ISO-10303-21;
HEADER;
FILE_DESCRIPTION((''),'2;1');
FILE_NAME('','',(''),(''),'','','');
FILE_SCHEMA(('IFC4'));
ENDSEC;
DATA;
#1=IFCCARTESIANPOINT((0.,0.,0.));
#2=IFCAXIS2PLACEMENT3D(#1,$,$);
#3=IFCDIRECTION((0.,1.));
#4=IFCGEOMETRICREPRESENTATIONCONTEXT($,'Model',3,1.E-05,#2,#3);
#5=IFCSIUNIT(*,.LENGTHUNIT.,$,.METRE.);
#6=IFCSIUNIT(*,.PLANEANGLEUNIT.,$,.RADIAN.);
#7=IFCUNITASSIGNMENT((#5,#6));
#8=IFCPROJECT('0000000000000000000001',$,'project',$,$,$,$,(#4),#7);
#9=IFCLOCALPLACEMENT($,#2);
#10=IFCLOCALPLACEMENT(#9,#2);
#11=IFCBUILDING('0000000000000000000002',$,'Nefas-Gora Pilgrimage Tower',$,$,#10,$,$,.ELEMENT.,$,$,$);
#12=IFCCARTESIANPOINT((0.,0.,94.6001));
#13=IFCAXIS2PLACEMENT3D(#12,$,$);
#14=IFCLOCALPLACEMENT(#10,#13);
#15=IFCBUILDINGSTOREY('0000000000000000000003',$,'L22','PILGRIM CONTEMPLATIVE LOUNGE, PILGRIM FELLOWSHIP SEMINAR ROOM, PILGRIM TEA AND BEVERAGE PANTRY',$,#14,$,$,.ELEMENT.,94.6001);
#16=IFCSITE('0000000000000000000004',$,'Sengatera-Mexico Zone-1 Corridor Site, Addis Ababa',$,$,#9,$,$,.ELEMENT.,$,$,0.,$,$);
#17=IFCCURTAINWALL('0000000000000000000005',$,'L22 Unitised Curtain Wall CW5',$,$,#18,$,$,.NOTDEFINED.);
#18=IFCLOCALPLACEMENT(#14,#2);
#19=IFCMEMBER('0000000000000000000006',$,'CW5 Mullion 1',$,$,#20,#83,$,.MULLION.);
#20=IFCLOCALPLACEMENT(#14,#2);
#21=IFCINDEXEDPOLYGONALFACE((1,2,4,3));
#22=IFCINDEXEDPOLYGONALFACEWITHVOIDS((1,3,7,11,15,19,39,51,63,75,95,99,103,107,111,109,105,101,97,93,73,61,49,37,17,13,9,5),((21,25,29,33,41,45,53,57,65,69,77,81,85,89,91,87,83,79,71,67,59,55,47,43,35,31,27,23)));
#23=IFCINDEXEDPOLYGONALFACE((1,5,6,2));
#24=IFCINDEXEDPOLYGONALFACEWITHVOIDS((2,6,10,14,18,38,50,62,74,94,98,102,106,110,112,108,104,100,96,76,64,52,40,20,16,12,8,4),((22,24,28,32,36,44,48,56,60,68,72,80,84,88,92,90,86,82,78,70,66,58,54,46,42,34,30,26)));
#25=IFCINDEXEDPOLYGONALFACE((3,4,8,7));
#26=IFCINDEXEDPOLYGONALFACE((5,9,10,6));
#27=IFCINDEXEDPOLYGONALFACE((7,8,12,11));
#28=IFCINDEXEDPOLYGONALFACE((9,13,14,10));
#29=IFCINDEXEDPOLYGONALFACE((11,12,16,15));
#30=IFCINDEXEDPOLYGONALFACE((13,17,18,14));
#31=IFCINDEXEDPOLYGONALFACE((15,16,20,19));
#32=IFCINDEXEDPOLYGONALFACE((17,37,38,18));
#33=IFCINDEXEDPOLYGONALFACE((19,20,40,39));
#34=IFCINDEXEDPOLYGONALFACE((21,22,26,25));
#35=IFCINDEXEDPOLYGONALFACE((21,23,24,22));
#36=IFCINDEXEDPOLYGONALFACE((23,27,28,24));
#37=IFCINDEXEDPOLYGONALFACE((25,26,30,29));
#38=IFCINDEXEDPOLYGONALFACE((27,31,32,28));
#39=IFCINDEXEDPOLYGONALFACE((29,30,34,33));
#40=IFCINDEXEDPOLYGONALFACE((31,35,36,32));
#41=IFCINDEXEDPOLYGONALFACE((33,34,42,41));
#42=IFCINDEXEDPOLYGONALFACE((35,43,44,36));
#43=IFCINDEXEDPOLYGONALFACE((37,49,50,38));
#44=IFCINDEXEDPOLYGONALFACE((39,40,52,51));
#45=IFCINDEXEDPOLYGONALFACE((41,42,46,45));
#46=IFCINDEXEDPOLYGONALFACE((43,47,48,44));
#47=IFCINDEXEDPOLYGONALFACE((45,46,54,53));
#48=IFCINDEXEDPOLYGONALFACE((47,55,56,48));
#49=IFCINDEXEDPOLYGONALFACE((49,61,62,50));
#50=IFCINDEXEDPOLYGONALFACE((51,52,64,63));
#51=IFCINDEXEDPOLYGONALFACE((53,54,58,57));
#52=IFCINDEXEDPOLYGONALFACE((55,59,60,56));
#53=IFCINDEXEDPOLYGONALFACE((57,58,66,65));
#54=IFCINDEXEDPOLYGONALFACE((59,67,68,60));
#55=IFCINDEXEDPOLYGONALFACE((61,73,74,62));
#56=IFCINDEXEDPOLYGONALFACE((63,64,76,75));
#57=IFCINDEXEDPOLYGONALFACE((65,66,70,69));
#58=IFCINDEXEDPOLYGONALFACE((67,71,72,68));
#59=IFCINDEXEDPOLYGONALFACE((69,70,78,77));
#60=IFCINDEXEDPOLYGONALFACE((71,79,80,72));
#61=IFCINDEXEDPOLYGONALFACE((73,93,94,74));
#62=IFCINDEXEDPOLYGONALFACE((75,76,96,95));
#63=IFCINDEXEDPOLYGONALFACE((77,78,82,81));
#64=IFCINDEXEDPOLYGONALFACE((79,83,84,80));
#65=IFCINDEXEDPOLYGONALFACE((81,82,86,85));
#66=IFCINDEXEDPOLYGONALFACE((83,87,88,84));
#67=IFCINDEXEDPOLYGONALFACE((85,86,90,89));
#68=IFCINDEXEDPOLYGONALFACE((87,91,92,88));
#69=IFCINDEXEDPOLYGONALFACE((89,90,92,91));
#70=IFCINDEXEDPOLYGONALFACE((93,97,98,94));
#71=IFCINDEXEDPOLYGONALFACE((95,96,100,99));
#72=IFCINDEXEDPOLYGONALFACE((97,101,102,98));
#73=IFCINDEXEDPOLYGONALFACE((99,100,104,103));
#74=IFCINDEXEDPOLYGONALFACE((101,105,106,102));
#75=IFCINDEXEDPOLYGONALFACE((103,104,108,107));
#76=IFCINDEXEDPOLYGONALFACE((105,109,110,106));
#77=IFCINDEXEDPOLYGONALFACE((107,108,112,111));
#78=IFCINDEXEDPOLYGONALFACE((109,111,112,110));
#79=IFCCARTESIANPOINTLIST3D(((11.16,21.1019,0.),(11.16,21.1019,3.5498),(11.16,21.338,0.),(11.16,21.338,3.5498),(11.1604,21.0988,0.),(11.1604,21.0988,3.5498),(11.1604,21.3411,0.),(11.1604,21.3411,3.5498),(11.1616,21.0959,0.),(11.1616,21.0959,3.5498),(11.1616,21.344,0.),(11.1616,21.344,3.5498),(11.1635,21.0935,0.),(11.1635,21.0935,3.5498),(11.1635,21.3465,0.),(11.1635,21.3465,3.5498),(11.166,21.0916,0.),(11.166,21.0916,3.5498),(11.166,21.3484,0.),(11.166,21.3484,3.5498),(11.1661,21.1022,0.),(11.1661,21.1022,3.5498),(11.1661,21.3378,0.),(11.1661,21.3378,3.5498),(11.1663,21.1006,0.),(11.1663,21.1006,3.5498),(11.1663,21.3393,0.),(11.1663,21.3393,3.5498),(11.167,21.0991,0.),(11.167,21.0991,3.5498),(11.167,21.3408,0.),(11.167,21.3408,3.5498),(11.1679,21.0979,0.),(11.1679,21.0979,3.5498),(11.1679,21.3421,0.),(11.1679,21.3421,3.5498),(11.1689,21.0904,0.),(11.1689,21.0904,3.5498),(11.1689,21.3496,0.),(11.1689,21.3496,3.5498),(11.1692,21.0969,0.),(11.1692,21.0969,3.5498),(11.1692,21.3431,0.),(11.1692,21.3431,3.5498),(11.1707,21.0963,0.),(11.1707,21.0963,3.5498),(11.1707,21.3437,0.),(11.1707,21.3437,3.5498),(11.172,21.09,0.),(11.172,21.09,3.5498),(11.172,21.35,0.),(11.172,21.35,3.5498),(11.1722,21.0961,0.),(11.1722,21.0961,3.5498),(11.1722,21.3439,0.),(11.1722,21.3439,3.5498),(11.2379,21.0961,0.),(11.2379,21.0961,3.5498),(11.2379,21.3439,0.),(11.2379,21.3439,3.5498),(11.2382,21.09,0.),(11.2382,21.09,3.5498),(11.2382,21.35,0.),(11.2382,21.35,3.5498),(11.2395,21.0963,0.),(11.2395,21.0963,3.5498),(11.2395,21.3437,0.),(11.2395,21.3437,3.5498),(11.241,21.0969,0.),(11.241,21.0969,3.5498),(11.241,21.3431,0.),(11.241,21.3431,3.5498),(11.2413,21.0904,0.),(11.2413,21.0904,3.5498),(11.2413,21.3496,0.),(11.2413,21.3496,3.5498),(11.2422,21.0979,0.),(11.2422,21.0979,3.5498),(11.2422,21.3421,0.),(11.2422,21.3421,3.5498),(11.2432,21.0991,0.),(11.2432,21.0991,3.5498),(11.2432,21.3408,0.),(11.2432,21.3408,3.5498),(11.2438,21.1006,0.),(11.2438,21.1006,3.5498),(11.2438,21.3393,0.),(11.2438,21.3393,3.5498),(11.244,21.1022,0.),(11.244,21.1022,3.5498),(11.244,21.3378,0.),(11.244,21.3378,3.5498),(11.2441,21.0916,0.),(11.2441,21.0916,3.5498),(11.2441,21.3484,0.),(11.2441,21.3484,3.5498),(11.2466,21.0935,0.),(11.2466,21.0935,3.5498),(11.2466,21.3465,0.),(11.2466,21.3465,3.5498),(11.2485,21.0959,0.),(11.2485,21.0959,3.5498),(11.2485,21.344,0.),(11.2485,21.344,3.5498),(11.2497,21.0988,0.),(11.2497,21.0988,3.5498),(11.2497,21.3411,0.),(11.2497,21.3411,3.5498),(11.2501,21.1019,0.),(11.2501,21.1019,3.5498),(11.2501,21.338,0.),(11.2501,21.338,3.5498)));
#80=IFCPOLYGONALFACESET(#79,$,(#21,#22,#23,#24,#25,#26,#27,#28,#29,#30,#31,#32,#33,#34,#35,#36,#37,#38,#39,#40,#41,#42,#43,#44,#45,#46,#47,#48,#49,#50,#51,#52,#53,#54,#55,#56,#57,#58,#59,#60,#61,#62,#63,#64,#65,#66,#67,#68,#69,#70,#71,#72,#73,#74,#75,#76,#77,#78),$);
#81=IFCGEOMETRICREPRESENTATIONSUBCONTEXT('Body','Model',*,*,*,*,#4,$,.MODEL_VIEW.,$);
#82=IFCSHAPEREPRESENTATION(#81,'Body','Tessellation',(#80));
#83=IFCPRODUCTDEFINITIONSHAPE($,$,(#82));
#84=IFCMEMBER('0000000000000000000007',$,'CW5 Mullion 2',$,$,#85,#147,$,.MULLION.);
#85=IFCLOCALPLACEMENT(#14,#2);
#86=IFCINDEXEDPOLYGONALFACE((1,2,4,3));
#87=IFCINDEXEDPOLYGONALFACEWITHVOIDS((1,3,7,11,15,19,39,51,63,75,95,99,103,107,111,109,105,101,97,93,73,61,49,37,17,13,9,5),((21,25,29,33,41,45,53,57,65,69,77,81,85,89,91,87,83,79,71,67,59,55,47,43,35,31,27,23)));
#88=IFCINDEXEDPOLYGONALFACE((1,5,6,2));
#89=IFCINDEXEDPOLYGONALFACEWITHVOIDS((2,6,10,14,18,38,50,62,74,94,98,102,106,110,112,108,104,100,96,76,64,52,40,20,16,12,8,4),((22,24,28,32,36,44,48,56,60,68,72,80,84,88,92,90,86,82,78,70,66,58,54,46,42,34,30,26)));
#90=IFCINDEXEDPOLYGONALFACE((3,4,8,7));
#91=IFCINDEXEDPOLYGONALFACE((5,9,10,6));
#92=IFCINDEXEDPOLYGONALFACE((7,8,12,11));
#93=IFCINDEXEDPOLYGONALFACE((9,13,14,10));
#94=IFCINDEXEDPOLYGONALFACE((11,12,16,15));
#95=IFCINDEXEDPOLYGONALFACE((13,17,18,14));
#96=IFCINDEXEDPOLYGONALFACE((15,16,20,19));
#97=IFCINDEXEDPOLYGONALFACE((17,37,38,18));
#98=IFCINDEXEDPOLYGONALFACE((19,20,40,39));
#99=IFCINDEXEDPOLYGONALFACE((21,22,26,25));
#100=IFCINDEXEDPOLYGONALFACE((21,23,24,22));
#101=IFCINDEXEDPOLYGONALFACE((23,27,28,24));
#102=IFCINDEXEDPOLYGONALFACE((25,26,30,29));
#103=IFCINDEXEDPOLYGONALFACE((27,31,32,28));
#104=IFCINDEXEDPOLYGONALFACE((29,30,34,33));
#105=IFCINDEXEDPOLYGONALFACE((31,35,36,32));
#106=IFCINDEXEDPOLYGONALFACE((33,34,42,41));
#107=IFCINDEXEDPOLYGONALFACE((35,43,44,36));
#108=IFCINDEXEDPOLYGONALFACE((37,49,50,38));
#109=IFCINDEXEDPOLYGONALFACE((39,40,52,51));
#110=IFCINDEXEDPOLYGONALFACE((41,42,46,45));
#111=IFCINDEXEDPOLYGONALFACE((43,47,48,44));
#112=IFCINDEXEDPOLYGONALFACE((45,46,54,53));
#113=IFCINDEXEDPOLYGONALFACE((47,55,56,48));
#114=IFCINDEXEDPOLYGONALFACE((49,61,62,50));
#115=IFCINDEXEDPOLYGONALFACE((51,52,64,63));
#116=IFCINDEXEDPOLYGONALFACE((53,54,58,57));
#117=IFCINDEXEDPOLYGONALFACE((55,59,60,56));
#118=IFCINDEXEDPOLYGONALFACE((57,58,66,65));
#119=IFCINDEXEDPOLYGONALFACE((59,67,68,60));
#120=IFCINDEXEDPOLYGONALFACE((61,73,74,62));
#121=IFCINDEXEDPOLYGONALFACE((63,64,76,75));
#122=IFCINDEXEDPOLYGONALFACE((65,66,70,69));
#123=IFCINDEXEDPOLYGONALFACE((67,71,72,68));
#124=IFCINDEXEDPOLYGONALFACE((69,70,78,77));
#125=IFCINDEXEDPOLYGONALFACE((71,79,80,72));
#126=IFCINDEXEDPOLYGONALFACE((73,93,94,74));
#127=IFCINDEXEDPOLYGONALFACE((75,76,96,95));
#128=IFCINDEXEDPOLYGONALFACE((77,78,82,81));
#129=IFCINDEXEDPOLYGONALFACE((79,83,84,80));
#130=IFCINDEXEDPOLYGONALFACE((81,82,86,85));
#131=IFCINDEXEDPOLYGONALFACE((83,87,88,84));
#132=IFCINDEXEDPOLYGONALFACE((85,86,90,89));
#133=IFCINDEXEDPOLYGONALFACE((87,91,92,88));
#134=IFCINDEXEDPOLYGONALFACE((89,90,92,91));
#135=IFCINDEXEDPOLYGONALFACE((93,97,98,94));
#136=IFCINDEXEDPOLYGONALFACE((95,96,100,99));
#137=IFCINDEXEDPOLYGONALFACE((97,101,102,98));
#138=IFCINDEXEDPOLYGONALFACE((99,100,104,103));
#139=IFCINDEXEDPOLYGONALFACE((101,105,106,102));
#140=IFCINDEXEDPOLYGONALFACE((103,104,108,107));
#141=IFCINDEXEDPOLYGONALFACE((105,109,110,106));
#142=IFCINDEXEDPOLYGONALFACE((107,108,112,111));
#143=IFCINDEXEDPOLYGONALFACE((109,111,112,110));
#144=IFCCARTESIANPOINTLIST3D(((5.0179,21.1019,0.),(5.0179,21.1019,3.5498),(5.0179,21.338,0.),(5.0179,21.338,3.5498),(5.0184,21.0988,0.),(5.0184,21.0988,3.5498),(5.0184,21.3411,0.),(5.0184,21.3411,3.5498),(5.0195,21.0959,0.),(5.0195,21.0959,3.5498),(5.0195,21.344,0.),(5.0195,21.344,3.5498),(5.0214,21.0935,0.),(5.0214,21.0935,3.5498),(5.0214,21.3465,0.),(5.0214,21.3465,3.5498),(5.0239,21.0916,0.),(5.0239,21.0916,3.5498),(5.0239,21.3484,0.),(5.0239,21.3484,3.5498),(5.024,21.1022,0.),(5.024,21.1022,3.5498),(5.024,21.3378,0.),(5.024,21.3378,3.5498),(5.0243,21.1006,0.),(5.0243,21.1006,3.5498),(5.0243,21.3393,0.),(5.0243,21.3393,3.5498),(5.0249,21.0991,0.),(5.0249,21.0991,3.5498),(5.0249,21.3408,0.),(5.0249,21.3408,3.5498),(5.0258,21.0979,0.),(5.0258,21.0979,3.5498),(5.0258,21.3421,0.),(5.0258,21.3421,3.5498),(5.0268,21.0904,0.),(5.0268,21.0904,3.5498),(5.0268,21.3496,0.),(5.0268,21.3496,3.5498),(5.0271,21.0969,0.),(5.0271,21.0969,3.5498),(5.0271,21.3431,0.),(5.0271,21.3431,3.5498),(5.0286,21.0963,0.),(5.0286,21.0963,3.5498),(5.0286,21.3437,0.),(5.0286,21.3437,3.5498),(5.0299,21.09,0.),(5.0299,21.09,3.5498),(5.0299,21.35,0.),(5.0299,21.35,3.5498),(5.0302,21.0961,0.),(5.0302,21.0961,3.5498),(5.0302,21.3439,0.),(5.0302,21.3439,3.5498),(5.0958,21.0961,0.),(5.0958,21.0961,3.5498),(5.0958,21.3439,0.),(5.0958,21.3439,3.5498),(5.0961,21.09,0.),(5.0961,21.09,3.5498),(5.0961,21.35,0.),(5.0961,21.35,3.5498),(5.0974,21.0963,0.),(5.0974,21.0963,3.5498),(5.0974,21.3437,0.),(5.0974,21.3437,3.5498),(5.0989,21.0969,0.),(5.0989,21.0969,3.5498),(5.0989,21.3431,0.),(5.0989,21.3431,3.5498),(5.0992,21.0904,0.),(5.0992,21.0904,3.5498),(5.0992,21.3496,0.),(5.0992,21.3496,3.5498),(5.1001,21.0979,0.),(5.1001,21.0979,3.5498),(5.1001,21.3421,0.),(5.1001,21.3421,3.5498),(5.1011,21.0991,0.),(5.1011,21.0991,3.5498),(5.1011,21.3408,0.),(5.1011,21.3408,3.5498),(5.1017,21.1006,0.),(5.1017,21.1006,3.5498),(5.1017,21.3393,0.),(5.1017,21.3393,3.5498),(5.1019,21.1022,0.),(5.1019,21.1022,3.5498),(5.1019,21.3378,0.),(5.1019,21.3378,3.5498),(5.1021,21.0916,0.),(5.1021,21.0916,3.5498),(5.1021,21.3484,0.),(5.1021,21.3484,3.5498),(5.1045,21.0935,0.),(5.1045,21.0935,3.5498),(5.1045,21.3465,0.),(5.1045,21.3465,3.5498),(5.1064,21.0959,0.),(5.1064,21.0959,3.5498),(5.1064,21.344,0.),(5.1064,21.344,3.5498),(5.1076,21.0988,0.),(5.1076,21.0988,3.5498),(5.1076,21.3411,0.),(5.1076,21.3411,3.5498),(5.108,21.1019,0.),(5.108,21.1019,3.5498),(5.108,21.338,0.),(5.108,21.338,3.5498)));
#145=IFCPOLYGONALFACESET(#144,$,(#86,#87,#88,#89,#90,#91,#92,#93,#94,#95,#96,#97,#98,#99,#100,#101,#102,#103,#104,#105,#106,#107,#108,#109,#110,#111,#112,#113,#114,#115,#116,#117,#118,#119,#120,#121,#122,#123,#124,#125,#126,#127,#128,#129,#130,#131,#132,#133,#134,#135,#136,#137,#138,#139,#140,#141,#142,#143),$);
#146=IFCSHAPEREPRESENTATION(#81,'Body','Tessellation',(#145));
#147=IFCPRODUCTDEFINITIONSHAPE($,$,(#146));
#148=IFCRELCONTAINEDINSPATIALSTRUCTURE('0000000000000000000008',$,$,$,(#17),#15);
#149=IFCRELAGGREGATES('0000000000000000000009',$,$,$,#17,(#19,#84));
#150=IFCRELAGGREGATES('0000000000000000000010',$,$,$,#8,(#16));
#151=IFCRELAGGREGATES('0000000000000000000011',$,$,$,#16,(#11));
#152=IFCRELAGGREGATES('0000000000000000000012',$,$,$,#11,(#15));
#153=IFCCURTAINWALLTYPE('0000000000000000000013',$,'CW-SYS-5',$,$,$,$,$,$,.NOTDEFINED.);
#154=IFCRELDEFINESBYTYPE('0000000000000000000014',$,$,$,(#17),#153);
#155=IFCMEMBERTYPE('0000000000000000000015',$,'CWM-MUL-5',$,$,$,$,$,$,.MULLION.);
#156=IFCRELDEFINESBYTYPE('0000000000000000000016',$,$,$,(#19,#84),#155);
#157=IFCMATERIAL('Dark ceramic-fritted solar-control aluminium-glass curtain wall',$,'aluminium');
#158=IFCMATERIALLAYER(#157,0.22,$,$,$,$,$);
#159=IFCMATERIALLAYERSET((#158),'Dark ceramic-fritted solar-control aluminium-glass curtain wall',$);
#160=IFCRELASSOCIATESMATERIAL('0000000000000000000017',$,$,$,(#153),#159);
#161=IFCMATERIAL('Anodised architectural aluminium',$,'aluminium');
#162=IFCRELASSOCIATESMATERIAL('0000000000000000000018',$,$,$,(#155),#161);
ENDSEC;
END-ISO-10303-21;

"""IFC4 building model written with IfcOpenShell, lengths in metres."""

from ifc_helpers import new_model, si_unit, direction, frame, origin, origin_2d, place, context, subcontext, project, spatial, hollow_rectangle, extrude, source, transform, mapped, material, layer, layer_set, material_profile, profile_set, type_object, element, aggregate, save


model = new_model("IFC4")

# Units and contexts
model_context = context("Model", 3, precision=1e-05, world=origin(), true_north=direction((0.0, 1.0)))
body_context = subcontext(model_context, "Body", "Model", "MODEL_VIEW")
ifc_project = project(units=[si_unit("LENGTHUNIT", "METRE"), si_unit("PLANEANGLEUNIT", "RADIAN")], contexts=[model_context])

# Site, building, storey
site_placement = place(None, origin())
site = spatial("IfcSite", under=ifc_project, at=site_placement, Name="Sengatera-Mexico Zone-1 Corridor Site, Addis Ababa", CompositionType="ELEMENT", RefElevation=0.0)
building_placement = place(site_placement, origin())
building = spatial("IfcBuilding", under=site, at=building_placement, Name="Nefas-Gora Pilgrimage Tower", CompositionType="ELEMENT")
storey_placement = place(building_placement, frame((0.0, 0.0, 94.6001)))
storey = spatial("IfcBuildingStorey", under=building, at=storey_placement, Name="L22", Description="PILGRIM CONTEMPLATIVE LOUNGE, PILGRIM FELLOWSHIP SEMINAR ROOM, PILGRIM TEA AND BEVERAGE PANTRY", CompositionType="ELEMENT", Elevation=94.6001)

# Curtain wall
ifc_material_1 = material(Name="Dark ceramic-fritted solar-control aluminium-glass curtain wall", Category="aluminium")
ifc_layer_1 = layer(ifc_material_1, 0.22)
ifc_layer_set_1 = layer_set([ifc_layer_1], Name="Dark ceramic-fritted solar-control aluminium-glass curtain wall")
curtain_wall_type_1 = type_object("IfcCurtainWallType", Name="CW-SYS-5", PredefinedType="NOTDEFINED", material=ifc_layer_set_1)
curtain_wall_1_placement = place(storey_placement, origin())
curtain_wall_1 = element("IfcCurtainWall", 1, at=curtain_wall_1_placement, inside=storey, type_object=curtain_wall_type_1, Name="L22 Unitised Curtain Wall CW5", PredefinedType="NOTDEFINED")
ifc_material_2 = material(Name="Anodised architectural aluminium", Category="aluminium")

# Members
ifc_material_profile_1 = material_profile(ifc_material_2, hollow_rectangle(XDim=0.0901, YDim=0.26, WallThickness=0.0061, InnerFilletRadius=0.0061, OuterFilletRadius=0.012, at=origin_2d()), Name="ALU MULLION 90x260")
ifc_profile_set_1 = profile_set([ifc_material_profile_1], Name="Anodised architectural aluminium")
member_type_1 = type_object("IfcMemberType", Name="CWM-MUL-5", PredefinedType="MULLION", material=ifc_profile_set_1)
shared_shape_1 = source(origin(), body_context, "Body", "SweptSolid", [
    extrude(hollow_rectangle(XDim=0.0901, YDim=0.26, WallThickness=0.0061, InnerFilletRadius=0.0061, OuterFilletRadius=0.012, at=origin_2d()), origin(), (0.0, 0.0, 1.0), 3.5498),
])
member_1_placement = place(storey_placement, frame((11.2051, 21.22, 0.0), z_axis=(0.0, 0.0, 1.0), x_axis=(-1.0, 0.0, 0.0)))
member_1 = element("IfcMember", 2, at=member_1_placement, type_object=member_type_1, Name="CW5 Mullion 1", PredefinedType="MULLION", context=body_context, shape_type="MappedRepresentation", body=[
    mapped(shared_shape_1, transform((0.0, 0.0, 0.0), x_axis=(1.0, 0.0, 0.0), y_axis=(0.0, 1.0, 0.0), z_axis=(0.0, 0.0, 1.0), scale=1.0)),
])
member_2_placement = place(storey_placement, frame((5.063, 21.22, 0.0), z_axis=(0.0, 0.0, 1.0), x_axis=(-1.0, 0.0, 0.0)))
member_2 = element("IfcMember", 3, at=member_2_placement, type_object=member_type_1, Name="CW5 Mullion 2", PredefinedType="MULLION", context=body_context, shape_type="MappedRepresentation", body=[
    mapped(shared_shape_1, transform((0.0, 0.0, 0.0), x_axis=(1.0, 0.0, 0.0), y_axis=(0.0, 1.0, 0.0), z_axis=(0.0, 0.0, 1.0), scale=1.0)),
])

aggregate(curtain_wall_1, [member_1, member_2])

save(model, "model.ifc")
